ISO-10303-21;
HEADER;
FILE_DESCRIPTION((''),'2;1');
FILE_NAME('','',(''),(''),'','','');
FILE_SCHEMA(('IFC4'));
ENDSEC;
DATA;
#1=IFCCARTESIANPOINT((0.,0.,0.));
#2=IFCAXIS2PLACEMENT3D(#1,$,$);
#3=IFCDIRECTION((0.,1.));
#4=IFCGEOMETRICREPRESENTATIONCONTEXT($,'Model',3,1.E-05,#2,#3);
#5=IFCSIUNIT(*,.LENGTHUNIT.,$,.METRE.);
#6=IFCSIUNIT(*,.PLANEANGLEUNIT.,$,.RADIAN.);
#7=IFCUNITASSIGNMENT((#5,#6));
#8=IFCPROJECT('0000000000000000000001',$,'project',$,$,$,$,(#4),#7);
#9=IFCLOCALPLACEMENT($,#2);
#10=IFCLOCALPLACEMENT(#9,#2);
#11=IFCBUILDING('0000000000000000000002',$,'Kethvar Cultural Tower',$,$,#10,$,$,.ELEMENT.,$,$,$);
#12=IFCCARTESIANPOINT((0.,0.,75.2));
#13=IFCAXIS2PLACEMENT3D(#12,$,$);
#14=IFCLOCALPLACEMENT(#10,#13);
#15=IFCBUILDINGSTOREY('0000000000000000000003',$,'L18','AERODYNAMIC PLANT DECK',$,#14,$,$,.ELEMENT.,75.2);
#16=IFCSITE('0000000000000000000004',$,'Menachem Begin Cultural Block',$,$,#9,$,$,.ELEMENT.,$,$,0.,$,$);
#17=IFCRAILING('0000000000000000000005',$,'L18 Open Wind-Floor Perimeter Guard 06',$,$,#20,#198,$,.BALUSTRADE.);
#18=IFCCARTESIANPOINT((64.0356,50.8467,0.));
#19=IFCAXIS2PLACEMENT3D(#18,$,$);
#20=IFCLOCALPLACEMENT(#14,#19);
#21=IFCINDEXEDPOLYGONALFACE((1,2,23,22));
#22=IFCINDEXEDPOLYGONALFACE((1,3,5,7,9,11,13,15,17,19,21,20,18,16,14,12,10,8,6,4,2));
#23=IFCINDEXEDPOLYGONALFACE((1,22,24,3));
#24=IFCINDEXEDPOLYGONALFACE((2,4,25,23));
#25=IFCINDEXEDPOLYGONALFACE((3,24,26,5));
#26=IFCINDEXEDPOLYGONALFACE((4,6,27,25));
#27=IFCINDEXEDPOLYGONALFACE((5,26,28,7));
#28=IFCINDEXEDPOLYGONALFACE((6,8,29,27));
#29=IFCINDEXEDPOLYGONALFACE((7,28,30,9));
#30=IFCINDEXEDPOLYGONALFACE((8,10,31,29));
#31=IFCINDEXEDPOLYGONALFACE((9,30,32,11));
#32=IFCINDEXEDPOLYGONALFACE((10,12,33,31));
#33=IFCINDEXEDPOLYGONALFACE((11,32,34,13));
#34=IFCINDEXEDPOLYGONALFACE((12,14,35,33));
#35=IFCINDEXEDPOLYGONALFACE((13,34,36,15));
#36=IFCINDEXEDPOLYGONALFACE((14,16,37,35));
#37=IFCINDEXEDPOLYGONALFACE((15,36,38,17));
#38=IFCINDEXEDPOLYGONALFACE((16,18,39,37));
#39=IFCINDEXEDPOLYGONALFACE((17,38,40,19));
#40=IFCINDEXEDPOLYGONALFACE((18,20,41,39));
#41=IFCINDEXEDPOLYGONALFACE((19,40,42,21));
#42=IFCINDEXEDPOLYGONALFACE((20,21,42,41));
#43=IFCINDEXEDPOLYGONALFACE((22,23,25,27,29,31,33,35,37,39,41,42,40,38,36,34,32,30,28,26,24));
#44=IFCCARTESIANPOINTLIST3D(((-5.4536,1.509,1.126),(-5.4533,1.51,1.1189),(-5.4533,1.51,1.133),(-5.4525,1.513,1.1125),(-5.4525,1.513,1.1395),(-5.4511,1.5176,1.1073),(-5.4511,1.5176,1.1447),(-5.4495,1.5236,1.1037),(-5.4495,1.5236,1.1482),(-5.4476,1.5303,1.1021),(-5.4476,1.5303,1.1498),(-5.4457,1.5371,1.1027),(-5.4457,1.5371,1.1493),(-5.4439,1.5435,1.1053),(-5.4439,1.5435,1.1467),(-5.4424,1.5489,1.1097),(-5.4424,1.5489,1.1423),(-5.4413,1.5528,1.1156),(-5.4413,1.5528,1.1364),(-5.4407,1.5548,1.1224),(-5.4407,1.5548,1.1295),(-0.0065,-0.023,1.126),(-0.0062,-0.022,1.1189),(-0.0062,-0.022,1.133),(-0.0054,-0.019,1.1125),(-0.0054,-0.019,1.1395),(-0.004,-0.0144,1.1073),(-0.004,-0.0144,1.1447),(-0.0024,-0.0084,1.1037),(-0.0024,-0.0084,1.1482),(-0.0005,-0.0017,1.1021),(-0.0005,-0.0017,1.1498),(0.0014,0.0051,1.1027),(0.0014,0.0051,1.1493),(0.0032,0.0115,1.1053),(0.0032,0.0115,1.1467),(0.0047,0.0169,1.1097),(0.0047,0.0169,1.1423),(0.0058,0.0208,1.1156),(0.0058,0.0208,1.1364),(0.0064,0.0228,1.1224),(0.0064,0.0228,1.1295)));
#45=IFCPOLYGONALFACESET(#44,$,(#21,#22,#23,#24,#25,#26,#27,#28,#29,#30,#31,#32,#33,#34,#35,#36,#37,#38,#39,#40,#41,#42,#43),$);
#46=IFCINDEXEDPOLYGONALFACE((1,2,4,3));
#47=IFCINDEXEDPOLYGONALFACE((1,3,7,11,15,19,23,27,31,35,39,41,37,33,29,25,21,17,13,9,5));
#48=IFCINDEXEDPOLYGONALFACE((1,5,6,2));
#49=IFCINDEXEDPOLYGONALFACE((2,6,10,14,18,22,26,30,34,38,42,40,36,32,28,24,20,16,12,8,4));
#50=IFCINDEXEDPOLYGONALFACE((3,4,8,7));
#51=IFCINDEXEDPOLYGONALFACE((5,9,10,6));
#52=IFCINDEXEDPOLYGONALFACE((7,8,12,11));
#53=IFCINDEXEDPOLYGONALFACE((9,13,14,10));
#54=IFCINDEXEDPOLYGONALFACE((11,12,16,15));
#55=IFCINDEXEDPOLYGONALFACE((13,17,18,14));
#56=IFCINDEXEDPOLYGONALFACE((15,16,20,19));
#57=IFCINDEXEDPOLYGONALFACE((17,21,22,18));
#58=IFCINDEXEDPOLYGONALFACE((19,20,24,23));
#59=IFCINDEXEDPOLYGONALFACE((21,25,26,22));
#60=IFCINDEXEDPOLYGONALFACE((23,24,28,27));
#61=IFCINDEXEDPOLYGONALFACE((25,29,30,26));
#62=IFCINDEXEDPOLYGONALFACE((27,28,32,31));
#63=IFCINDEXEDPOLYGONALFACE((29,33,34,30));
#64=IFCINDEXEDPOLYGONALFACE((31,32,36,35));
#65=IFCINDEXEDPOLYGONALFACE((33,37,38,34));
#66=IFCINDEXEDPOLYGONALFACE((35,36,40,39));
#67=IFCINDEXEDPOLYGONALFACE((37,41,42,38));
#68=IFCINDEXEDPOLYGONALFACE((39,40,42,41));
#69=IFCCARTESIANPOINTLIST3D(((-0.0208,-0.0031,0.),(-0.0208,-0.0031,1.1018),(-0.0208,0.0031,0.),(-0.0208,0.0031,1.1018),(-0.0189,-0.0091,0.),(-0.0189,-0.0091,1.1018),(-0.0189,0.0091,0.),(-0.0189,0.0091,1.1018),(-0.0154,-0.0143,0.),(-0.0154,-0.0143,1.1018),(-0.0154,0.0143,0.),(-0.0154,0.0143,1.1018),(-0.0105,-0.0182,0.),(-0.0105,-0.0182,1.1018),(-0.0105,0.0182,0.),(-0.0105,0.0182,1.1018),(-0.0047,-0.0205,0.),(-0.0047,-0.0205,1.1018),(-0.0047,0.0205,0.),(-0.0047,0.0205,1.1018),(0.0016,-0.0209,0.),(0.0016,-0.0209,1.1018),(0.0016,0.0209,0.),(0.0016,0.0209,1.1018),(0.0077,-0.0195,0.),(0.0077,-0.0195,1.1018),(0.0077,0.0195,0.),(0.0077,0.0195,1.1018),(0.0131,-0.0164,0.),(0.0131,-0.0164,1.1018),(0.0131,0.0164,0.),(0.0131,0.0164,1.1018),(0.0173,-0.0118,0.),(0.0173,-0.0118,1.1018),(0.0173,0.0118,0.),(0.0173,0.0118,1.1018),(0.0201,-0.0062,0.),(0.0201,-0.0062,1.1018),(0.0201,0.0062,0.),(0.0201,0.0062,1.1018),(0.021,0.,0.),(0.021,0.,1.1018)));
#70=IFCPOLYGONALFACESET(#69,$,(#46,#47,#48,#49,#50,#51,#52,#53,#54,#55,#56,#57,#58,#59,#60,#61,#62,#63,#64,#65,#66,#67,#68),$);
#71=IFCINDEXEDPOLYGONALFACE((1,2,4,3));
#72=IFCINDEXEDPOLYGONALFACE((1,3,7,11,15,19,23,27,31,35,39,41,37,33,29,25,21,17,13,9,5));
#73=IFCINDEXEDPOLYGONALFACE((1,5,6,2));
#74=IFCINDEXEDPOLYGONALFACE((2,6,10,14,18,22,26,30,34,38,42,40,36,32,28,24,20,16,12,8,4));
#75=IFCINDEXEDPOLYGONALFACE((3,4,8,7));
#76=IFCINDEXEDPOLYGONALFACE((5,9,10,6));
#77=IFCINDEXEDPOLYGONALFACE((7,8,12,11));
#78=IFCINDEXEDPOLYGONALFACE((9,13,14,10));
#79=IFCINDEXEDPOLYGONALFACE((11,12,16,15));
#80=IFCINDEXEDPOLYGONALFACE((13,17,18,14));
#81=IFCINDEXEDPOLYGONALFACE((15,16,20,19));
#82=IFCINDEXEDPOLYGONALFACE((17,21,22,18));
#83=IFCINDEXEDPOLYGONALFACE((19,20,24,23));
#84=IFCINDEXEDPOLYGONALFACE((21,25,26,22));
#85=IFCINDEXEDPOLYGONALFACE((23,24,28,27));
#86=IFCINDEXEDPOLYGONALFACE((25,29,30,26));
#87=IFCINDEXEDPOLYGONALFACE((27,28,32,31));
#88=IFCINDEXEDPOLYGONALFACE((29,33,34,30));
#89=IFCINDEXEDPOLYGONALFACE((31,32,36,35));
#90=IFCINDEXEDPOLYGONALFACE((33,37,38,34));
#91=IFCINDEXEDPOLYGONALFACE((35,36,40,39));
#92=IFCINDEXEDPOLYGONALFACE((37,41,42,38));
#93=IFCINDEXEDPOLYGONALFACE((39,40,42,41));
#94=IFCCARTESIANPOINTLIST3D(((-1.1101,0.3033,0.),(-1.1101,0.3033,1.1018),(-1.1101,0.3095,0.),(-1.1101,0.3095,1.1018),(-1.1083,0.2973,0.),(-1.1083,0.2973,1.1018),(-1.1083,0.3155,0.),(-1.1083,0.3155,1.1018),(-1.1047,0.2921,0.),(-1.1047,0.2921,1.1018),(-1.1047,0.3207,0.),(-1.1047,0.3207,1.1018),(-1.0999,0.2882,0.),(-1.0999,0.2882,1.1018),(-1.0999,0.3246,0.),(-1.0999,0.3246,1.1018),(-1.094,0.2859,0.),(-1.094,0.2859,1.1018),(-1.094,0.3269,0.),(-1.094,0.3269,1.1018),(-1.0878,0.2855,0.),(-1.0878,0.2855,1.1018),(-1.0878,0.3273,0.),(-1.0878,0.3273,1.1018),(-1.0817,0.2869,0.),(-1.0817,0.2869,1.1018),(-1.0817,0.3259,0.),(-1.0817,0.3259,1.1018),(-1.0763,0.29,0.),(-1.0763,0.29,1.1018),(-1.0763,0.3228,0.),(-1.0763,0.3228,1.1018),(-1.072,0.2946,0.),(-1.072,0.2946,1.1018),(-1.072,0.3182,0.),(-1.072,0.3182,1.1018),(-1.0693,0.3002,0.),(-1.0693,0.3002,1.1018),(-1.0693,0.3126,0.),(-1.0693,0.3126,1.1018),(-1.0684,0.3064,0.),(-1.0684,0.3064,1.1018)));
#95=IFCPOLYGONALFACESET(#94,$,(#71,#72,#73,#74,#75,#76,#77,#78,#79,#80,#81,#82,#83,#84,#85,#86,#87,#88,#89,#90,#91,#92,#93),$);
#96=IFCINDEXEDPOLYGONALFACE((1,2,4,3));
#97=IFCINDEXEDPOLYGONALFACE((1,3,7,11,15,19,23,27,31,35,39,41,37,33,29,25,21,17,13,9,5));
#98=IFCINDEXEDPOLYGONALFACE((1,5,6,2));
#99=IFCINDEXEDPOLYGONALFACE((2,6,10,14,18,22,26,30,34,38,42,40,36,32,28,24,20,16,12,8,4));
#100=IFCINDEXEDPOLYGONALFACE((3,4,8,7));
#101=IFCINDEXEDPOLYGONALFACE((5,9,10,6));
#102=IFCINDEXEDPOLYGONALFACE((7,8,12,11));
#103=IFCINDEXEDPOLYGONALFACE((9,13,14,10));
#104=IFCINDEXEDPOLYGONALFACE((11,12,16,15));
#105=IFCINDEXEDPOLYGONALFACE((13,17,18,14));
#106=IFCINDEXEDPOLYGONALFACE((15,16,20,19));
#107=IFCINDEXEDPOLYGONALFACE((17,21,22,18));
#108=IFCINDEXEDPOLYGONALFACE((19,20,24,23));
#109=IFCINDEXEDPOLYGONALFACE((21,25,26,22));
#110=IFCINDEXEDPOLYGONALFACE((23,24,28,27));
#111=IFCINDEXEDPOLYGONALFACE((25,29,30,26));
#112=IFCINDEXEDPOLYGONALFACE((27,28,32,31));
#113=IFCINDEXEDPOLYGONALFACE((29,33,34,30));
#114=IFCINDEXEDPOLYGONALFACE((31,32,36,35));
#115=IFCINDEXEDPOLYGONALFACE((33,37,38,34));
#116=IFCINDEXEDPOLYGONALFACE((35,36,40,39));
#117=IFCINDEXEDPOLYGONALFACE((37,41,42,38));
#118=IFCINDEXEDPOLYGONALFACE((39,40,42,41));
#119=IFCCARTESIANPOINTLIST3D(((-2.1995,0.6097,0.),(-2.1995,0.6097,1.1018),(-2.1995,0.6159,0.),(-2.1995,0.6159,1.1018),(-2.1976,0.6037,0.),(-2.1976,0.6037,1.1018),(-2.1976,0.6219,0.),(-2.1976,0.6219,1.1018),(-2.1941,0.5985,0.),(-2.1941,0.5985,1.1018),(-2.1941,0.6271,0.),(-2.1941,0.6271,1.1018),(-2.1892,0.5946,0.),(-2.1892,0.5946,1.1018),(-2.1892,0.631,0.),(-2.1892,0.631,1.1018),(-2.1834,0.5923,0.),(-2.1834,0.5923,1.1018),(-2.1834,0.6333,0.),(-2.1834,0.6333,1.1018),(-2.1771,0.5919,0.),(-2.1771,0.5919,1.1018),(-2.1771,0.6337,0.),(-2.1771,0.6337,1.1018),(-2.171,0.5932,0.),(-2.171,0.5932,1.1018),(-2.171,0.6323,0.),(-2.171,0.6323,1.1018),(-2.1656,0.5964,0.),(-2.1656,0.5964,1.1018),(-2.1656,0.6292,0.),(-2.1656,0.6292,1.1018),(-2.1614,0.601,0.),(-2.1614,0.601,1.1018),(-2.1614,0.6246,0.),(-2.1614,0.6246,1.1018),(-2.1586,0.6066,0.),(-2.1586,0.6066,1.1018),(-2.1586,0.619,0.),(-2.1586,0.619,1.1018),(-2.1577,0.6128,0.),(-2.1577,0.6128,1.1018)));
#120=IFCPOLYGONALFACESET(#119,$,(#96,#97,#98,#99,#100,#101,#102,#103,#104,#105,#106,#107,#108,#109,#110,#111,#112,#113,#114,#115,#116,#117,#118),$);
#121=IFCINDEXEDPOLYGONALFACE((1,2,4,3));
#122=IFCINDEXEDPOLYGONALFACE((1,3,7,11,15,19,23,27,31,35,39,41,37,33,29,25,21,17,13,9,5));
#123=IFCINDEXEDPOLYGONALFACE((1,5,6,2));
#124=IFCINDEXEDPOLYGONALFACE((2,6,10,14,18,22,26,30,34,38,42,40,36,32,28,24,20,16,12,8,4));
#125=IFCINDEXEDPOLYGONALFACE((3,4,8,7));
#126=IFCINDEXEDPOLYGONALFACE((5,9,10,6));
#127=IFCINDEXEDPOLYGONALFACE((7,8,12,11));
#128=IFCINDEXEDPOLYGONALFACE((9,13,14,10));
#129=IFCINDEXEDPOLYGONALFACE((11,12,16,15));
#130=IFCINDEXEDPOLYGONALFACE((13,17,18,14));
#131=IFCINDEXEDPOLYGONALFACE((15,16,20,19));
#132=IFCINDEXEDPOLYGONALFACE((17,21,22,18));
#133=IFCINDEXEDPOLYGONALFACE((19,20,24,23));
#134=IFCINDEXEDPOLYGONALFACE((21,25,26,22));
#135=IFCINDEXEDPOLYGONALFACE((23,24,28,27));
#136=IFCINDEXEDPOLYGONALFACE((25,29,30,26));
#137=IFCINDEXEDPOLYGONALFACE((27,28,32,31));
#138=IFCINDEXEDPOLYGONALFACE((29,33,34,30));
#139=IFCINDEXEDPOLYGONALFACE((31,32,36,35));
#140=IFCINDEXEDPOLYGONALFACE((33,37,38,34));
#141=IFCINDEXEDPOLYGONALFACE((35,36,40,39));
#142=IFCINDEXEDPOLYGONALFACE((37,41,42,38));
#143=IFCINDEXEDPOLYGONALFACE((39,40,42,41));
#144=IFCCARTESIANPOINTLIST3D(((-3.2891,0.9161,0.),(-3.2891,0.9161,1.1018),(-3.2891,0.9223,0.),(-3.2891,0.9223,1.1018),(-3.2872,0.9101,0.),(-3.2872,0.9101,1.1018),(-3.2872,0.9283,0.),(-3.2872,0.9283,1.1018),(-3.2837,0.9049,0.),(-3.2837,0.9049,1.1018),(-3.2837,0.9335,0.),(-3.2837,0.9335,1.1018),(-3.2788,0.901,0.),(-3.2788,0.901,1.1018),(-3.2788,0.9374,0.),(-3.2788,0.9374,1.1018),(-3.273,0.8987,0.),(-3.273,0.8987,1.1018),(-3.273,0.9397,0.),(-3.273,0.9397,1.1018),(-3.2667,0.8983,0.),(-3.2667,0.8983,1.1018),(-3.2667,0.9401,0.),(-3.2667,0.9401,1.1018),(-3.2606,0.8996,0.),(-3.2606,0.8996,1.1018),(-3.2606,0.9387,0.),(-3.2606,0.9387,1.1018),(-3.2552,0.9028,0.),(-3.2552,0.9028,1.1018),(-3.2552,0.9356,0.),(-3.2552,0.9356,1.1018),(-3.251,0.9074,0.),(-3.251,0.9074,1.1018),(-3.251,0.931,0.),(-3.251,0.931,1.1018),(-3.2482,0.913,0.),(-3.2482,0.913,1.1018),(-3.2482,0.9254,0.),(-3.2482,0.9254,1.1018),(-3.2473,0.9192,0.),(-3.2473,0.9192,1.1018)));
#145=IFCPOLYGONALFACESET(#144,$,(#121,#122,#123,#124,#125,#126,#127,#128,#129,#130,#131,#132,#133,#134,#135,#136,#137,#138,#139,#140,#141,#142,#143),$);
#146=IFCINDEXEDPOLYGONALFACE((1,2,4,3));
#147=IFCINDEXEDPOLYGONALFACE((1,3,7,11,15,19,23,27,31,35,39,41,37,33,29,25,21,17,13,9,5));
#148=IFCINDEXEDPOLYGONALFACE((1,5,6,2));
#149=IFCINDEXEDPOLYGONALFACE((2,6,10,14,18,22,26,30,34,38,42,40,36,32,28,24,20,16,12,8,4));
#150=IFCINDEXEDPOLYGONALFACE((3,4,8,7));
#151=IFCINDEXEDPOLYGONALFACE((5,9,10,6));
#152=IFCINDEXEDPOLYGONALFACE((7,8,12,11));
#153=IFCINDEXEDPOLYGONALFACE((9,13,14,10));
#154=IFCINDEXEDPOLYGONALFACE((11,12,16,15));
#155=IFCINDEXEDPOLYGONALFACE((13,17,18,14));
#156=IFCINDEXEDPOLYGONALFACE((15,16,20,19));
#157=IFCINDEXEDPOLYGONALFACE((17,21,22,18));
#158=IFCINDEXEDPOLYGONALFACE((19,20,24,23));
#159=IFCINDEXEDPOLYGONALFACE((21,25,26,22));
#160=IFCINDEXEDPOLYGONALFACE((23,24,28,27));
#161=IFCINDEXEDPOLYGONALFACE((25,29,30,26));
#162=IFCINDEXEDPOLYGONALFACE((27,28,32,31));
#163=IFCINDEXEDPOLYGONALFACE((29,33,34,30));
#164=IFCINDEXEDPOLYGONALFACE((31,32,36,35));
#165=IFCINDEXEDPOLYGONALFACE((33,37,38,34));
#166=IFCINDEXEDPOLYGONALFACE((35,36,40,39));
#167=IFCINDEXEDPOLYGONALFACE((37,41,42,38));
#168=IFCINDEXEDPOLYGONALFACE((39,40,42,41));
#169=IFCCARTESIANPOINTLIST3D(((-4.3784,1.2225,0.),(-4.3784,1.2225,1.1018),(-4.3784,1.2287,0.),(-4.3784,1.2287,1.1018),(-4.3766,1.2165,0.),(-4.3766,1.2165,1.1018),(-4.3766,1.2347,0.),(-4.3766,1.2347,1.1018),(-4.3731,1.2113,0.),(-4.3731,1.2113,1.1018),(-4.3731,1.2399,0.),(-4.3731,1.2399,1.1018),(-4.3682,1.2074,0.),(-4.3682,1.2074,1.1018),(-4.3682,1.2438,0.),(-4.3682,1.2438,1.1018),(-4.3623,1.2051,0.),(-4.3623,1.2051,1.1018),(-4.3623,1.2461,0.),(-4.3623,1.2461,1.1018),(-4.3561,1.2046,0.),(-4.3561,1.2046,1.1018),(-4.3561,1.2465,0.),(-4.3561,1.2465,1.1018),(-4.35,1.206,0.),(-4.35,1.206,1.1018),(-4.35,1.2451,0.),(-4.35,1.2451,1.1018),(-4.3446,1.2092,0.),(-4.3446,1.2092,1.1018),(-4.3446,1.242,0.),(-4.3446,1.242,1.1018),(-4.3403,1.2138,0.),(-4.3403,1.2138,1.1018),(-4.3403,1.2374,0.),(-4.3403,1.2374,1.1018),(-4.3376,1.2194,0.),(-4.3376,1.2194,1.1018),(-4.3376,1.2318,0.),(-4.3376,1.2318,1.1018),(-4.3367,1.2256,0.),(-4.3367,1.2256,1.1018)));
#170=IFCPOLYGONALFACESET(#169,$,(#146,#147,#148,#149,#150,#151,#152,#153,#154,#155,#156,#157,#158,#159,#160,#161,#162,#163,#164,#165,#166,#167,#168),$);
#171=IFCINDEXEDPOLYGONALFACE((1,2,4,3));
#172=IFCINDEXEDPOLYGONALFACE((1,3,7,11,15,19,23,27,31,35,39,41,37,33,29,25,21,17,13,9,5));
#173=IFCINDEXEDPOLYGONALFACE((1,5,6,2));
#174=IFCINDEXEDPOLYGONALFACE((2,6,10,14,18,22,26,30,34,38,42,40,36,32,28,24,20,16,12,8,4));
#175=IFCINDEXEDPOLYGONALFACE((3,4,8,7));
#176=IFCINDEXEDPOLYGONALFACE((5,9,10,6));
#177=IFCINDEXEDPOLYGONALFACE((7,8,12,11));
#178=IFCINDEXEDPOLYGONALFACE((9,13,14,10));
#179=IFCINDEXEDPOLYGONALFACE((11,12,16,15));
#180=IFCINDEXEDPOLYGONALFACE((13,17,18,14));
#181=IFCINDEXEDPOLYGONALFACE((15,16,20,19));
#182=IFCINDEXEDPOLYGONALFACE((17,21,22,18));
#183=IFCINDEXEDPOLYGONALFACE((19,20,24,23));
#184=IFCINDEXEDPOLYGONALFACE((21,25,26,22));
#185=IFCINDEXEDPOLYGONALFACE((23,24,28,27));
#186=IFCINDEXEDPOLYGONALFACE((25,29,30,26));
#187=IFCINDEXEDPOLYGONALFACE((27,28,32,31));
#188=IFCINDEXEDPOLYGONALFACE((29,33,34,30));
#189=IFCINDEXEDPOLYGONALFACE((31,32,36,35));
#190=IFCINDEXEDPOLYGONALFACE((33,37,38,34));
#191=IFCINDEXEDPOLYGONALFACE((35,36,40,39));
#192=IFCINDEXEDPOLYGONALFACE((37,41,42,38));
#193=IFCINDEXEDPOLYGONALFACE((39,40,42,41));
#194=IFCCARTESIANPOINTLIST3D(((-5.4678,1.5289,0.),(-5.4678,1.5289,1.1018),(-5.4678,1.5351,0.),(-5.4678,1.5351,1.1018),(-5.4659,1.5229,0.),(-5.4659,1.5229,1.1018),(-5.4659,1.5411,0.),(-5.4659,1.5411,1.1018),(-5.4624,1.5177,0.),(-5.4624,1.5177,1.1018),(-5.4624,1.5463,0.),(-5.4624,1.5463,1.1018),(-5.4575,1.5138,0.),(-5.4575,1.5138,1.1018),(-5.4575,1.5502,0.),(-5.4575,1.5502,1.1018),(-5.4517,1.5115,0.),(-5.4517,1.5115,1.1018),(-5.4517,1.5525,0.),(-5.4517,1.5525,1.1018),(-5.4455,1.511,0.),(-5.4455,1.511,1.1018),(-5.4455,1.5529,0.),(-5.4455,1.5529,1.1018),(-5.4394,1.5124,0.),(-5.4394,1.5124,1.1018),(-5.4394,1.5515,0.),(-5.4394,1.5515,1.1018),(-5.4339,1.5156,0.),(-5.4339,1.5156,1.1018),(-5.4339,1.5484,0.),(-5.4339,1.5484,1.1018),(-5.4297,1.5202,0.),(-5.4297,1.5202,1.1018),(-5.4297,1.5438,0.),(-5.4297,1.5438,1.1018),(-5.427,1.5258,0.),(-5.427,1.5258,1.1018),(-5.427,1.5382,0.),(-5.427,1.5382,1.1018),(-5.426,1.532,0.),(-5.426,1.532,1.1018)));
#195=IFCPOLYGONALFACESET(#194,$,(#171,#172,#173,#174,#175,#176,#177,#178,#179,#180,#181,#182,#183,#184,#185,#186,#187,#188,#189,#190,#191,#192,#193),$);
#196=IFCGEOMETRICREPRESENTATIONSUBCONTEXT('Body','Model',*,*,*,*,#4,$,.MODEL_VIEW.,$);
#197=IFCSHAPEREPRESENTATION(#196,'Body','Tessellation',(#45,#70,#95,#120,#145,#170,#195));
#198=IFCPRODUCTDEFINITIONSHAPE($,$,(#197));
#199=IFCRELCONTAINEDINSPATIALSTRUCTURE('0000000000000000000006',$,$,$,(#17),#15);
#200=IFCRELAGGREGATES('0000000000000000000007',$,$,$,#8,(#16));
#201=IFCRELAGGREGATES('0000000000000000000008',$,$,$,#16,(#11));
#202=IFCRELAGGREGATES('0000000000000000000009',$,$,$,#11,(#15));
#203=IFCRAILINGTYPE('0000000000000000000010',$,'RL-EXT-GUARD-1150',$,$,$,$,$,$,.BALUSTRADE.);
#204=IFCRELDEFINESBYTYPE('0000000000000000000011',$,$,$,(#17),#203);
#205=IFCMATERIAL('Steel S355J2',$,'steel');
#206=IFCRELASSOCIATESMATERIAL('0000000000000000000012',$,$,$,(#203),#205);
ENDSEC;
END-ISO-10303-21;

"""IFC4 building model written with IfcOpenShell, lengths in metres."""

from ifc_helpers import new_model, si_unit, direction, frame, origin, origin_2d, place, context, subcontext, project, spatial, circle, extrude, material, type_object, element, save


model = new_model("IFC4")

# Units and contexts
model_context = context("Model", 3, precision=1e-05, world=origin(), true_north=direction((0.0, 1.0)))
body_context = subcontext(model_context, "Body", "Model", "MODEL_VIEW")
ifc_project = project(units=[si_unit("LENGTHUNIT", "METRE"), si_unit("PLANEANGLEUNIT", "RADIAN")], contexts=[model_context])

# Site, building, storey
site_placement = place(None, origin())
site = spatial("IfcSite", under=ifc_project, at=site_placement, Name="Menachem Begin Cultural Block", CompositionType="ELEMENT", RefElevation=0.0)
building_placement = place(site_placement, origin())
building = spatial("IfcBuilding", under=site, at=building_placement, Name="Kethvar Cultural Tower", CompositionType="ELEMENT")
storey_placement = place(building_placement, frame((0.0, 0.0, 75.2)))
storey = spatial("IfcBuildingStorey", under=building, at=storey_placement, Name="L18", Description="AERODYNAMIC PLANT DECK", CompositionType="ELEMENT", Elevation=75.2)

# Shared definitions
ifc_material_1 = material(Name="Steel S355J2", Category="steel")

# Railing
railing_type = type_object("IfcRailingType", Name="RL-EXT-GUARD-1150", PredefinedType="BALUSTRADE", material=ifc_material_1)
railing_1_placement = place(storey_placement, frame((64.0356, 50.8467, 0.0)))
element("IfcRailing", 1, at=railing_1_placement, inside=storey, type_object=railing_type, Name="L18 Open Wind-Floor Perimeter Guard 06", PredefinedType="BALUSTRADE", context=body_context, shape_type="SweptSolid", body=[
    extrude(circle(Radius=0.0239, at=origin_2d()), frame((0.0, 0.0, 1.126), z_axis=(-0.962651, 0.270747, 0.0), x_axis=(-0.270747, -0.962651, 0.0)), (0.0, 0.0, 1.0), 5.6584),
    extrude(circle(Radius=0.021, at=origin_2d()), origin(), (0.0, 0.0, 1.0), 1.1018),
    extrude(circle(Radius=0.021, at=origin_2d()), frame((-1.0894, 0.3064, 0.0)), (0.0, 0.0, 1.0), 1.1018),
    extrude(circle(Radius=0.021, at=origin_2d()), frame((-2.1787, 0.6128, 0.0)), (0.0, 0.0, 1.0), 1.1018),
    extrude(circle(Radius=0.021, at=origin_2d()), frame((-3.2683, 0.9192, 0.0)), (0.0, 0.0, 1.0), 1.1018),
    extrude(circle(Radius=0.021, at=origin_2d()), frame((-4.3577, 1.2256, 0.0)), (0.0, 0.0, 1.0), 1.1018),
    extrude(circle(Radius=0.021, at=origin_2d()), frame((-5.447, 1.532, 0.0)), (0.0, 0.0, 1.0), 1.1018),
])

save(model, "model.ifc")
